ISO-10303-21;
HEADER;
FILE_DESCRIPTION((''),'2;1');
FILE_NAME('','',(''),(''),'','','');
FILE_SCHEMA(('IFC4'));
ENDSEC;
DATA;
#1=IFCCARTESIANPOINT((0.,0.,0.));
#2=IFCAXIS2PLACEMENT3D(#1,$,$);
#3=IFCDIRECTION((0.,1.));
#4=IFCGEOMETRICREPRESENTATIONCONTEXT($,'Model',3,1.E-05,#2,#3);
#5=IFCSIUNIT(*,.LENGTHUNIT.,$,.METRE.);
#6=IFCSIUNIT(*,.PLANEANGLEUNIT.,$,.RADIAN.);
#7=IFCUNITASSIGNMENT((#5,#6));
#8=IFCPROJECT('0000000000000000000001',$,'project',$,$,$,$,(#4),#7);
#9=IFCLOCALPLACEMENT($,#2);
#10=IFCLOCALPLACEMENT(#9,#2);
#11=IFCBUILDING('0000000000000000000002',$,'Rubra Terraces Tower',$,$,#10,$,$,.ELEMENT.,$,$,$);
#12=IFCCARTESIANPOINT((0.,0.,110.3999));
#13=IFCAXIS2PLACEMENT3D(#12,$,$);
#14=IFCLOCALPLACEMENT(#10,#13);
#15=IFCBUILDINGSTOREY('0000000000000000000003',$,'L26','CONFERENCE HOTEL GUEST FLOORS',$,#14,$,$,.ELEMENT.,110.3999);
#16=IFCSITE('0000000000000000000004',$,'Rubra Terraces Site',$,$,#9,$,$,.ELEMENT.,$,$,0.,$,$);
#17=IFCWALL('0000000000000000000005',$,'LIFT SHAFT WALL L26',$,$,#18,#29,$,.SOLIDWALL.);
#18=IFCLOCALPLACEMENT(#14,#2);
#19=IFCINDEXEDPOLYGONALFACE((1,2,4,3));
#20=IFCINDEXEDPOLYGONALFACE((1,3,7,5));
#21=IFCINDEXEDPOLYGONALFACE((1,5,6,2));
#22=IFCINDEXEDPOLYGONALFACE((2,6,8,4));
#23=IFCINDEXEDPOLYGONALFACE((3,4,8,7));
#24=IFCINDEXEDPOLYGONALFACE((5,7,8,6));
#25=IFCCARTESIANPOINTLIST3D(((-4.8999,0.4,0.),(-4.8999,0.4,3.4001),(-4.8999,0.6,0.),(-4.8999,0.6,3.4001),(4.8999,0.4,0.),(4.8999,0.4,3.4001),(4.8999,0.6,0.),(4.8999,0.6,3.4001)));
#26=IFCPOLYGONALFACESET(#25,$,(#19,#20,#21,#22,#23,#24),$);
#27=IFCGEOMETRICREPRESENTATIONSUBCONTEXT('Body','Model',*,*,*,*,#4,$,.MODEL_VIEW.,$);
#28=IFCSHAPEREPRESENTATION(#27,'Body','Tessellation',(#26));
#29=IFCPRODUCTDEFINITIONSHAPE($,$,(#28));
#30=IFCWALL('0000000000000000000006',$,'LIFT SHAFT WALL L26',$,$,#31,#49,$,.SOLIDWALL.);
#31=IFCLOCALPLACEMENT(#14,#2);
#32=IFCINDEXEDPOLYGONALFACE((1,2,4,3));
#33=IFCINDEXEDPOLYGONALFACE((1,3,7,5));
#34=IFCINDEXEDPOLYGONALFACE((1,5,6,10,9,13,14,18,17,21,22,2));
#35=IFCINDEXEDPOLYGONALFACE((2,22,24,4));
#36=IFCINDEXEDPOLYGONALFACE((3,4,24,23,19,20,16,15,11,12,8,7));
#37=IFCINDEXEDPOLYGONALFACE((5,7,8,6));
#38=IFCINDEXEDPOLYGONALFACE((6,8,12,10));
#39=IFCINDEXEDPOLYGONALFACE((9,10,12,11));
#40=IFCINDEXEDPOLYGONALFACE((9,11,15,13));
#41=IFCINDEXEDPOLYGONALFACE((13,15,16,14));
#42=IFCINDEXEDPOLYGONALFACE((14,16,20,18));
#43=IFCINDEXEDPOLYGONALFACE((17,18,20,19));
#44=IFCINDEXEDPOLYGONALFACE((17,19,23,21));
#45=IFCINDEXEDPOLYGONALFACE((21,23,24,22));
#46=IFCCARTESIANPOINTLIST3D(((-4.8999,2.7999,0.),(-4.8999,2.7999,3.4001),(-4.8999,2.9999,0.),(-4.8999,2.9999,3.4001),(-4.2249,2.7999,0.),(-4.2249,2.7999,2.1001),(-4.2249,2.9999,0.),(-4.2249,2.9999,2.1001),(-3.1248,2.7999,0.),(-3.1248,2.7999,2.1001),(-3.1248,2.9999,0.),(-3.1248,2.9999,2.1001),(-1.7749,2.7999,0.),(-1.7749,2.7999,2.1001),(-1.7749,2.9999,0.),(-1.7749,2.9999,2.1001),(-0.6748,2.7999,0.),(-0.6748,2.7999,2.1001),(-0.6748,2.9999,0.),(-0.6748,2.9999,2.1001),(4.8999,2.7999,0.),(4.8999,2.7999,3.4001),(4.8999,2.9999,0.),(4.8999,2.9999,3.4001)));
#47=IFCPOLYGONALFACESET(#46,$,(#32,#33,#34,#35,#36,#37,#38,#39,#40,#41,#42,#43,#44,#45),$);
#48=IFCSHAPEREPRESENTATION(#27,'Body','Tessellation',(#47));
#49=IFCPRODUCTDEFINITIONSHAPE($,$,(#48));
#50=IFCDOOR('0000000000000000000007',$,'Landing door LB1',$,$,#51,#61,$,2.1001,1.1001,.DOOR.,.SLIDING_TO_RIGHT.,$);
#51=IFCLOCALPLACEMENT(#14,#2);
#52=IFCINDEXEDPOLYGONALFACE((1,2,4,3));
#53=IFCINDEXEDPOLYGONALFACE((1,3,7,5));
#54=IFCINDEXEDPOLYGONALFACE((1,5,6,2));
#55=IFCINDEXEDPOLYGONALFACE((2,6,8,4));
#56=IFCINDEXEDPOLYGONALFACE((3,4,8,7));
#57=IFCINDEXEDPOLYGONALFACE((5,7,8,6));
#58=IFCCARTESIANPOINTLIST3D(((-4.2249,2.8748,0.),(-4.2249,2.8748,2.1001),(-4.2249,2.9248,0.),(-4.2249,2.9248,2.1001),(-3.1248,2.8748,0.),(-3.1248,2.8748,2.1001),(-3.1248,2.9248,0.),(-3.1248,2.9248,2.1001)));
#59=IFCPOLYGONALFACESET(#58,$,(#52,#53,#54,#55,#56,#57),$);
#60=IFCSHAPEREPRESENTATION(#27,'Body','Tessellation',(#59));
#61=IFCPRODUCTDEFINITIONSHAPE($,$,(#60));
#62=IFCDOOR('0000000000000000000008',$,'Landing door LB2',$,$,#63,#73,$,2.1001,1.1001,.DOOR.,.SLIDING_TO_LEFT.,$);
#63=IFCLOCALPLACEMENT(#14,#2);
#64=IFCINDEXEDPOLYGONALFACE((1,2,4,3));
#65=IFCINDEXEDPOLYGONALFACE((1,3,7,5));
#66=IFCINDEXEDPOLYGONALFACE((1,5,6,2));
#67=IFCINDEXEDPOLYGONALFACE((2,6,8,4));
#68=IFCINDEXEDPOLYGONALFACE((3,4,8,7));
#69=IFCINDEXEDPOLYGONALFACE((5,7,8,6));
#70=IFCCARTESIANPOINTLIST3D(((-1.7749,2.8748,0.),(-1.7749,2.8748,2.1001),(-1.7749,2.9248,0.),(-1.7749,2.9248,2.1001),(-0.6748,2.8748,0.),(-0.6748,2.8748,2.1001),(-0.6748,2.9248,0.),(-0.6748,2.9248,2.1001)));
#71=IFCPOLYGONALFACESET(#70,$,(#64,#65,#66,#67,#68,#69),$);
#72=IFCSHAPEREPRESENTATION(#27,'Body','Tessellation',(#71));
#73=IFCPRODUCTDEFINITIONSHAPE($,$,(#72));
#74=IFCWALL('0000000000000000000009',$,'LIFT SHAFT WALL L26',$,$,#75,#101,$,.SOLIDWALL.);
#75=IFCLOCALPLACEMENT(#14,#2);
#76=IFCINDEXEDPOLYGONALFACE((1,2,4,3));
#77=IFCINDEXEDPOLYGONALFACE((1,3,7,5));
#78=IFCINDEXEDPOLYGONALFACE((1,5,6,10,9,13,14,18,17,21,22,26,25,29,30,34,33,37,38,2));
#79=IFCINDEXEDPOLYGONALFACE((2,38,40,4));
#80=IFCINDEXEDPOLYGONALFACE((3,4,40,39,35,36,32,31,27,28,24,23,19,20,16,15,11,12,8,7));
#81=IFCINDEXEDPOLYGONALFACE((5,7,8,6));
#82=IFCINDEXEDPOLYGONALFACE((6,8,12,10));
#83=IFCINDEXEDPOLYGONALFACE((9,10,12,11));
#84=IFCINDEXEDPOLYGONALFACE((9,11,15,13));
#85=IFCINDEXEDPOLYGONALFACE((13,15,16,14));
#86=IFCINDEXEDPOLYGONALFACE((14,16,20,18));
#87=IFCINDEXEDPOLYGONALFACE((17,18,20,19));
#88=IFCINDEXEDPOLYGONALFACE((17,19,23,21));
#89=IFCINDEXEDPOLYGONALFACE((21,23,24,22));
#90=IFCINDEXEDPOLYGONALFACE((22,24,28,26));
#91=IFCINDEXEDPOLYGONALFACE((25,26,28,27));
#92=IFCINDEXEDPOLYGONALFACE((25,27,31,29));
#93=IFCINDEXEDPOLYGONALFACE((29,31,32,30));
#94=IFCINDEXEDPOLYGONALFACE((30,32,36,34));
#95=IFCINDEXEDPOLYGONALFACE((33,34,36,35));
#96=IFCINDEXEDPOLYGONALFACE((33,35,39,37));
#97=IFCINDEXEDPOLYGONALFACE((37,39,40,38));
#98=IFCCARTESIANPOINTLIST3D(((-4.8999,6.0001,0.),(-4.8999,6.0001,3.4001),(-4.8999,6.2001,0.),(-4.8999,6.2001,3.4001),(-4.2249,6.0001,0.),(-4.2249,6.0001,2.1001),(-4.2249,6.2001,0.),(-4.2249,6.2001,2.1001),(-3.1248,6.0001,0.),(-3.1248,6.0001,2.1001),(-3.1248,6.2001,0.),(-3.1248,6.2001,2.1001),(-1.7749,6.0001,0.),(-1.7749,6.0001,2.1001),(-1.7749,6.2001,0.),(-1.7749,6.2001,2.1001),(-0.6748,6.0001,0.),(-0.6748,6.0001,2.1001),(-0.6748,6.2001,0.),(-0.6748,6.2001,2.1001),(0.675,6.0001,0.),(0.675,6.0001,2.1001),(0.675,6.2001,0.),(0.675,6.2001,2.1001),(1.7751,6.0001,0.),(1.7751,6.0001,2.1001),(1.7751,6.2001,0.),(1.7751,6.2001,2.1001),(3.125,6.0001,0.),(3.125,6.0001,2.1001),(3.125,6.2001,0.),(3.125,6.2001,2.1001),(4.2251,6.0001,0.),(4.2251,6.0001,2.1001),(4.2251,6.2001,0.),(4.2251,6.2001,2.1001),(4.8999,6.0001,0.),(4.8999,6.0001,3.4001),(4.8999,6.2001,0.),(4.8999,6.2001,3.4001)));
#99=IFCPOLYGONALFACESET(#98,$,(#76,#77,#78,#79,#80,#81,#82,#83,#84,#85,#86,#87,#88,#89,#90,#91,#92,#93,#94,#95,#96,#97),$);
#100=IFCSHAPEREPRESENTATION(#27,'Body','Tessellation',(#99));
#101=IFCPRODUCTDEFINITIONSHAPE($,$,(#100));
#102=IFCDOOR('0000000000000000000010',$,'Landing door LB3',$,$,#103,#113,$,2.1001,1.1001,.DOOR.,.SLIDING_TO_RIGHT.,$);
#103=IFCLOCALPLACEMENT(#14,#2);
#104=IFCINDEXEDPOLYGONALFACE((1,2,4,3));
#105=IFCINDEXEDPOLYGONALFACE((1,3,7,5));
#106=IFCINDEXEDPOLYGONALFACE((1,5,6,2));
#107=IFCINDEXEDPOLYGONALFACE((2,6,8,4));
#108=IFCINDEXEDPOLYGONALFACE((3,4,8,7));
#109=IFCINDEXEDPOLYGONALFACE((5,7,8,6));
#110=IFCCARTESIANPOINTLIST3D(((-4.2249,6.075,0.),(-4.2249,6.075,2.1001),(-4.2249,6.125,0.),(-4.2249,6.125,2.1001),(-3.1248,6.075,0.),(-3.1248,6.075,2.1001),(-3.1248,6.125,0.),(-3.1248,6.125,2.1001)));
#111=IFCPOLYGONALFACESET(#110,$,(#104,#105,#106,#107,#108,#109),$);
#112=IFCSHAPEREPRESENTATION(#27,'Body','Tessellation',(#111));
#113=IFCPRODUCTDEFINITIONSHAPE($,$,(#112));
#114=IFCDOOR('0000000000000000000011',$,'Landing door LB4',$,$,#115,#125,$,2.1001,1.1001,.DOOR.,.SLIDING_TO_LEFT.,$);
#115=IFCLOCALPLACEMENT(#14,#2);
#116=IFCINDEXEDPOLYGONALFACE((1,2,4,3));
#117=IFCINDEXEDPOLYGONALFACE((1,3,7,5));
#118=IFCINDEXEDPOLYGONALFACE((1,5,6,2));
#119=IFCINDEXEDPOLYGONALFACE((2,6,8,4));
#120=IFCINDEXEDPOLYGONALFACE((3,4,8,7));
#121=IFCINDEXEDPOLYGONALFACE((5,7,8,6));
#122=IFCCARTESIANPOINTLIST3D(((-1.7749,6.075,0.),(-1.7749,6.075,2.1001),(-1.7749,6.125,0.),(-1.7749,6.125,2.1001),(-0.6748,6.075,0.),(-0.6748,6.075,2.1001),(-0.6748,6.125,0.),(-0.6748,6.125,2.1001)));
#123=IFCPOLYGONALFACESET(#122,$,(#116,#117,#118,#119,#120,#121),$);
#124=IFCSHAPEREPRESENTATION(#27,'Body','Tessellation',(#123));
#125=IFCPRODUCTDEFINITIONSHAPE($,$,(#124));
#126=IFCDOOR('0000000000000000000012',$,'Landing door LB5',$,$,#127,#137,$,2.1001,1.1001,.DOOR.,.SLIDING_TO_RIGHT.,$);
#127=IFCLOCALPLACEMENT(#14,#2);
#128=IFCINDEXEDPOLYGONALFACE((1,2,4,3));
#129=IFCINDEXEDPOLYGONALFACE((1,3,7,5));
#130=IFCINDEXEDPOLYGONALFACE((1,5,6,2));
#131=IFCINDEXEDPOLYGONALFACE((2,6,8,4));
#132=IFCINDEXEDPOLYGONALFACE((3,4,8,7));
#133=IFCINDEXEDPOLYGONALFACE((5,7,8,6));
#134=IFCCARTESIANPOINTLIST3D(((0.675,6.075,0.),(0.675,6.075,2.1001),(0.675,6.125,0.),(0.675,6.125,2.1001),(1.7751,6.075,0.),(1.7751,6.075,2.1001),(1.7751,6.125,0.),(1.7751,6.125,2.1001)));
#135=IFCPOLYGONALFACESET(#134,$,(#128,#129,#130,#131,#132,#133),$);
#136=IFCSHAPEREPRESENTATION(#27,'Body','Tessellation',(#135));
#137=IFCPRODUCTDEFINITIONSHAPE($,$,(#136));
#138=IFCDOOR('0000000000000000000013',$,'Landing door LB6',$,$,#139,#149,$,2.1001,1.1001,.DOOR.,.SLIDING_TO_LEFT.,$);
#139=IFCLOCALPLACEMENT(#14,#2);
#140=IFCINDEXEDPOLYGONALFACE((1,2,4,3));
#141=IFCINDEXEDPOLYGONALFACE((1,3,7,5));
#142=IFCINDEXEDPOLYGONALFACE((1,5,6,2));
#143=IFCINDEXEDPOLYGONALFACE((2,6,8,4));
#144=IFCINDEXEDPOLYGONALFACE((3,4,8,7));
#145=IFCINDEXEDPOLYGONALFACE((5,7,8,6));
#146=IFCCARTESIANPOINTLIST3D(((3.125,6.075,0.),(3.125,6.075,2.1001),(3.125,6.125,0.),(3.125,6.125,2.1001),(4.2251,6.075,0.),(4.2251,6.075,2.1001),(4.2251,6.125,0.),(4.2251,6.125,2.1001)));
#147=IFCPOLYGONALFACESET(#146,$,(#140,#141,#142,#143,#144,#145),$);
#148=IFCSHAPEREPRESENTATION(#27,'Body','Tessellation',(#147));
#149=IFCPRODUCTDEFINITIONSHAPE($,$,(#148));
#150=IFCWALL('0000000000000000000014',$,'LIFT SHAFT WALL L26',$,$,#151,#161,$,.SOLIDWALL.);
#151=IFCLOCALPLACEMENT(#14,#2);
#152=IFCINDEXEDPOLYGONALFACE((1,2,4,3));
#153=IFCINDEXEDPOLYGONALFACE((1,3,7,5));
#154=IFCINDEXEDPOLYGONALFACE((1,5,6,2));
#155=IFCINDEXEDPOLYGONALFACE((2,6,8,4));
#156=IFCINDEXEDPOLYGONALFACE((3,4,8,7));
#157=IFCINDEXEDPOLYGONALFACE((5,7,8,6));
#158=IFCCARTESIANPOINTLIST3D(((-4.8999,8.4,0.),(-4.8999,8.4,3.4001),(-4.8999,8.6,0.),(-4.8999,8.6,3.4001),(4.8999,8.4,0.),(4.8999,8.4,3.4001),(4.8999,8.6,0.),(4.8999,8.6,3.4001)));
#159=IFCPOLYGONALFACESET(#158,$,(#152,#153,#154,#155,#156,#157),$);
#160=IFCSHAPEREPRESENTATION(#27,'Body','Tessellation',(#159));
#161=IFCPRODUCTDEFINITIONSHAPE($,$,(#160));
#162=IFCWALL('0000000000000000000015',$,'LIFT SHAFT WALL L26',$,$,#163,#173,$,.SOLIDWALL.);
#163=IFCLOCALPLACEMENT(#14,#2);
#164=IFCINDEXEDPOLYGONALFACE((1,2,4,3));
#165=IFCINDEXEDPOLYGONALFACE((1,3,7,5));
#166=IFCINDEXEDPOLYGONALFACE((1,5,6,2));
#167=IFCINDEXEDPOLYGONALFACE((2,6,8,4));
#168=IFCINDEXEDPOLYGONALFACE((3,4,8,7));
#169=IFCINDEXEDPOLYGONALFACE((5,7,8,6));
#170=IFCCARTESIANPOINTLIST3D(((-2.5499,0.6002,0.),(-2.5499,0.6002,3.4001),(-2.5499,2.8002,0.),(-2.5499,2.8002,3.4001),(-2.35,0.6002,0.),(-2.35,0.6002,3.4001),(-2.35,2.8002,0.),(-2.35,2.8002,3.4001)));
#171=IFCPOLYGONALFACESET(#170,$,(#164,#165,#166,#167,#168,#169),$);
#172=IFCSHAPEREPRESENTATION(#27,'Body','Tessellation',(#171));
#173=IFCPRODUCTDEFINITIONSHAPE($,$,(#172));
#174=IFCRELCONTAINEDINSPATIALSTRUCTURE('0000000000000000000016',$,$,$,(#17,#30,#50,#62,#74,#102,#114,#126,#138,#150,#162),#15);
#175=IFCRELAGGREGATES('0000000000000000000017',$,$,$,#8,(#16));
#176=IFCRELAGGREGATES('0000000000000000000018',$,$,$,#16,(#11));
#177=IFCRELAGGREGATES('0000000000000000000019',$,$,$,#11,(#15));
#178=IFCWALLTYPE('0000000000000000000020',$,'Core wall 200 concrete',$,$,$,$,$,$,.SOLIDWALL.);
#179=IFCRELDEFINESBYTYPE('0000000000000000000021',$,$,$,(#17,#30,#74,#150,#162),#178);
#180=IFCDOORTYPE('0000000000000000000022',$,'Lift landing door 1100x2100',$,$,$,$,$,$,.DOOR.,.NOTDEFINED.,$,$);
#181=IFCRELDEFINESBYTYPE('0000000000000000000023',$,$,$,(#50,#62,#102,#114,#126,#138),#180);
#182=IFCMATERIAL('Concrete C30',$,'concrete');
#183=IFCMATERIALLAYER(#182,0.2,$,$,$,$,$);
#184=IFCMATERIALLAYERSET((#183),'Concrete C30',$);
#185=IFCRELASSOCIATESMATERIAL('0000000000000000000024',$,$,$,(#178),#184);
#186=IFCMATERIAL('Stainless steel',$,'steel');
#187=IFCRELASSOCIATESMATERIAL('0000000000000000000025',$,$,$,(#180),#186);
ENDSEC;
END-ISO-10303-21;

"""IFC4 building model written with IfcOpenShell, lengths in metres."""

from ifc_helpers import new_model, si_unit, direction, frame, frame_2d, origin, place, context, subcontext, project, spatial, rectangle, extrude, material, layer, layer_set, type_object, element, fill, save


model = new_model("IFC4")

# Units and contexts
model_context = context("Model", 3, precision=1e-05, world=origin(), true_north=direction((0.0, 1.0)))
body_context = subcontext(model_context, "Body", "Model", "MODEL_VIEW")
ifc_project = project(units=[si_unit("LENGTHUNIT", "METRE"), si_unit("PLANEANGLEUNIT", "RADIAN")], contexts=[model_context])

# Site, building, storey
site_placement = place(None, origin())
site = spatial("IfcSite", under=ifc_project, at=site_placement, Name="Rubra Terraces Site", CompositionType="ELEMENT", RefElevation=0.0)
building_placement = place(site_placement, origin())
building = spatial("IfcBuilding", under=site, at=building_placement, Name="Rubra Terraces Tower", CompositionType="ELEMENT")
storey_placement = place(building_placement, frame((0.0, 0.0, 110.3999)))
storey = spatial("IfcBuildingStorey", under=building, at=storey_placement, Name="L26", Description="CONFERENCE HOTEL GUEST FLOORS", CompositionType="ELEMENT", Elevation=110.3999)

# Wall
ifc_material_1 = material(Name="Concrete C30", Category="concrete")
ifc_layer_1 = layer(ifc_material_1, 0.2)
ifc_layer_set_1 = layer_set([ifc_layer_1], Name="Concrete C30")
wall_type_1 = type_object("IfcWallType", Name="Core wall 200 concrete", PredefinedType="SOLIDWALL", material=ifc_layer_set_1)
wall_1_placement = place(storey_placement, frame((-4.8999, 0.5, 0.0), z_axis=(0.0, 0.0, 1.0), x_axis=(1.0, 0.0, 0.0)))
element("IfcWall", 1, at=wall_1_placement, inside=storey, type_object=wall_type_1, Name="LIFT SHAFT WALL L26", PredefinedType="SOLIDWALL", context=body_context, shape_type="SweptSolid", body=[
    extrude(rectangle(XDim=9.7998, YDim=0.2, at=frame_2d((4.8999, 0.0))), origin(), (0.0, 0.0, 1.0), 3.4001),
])

# Walls, openings, doors
wall_2_placement = place(storey_placement, frame((-4.8999, 2.8999, 0.0), z_axis=(0.0, 0.0, 1.0), x_axis=(1.0, 0.0, 0.0)))
wall_2 = element("IfcWall", 2, at=wall_2_placement, inside=storey, type_object=wall_type_1, Name="LIFT SHAFT WALL L26", PredefinedType="SOLIDWALL", context=body_context, shape_type="SweptSolid", body=[
    extrude(rectangle(XDim=9.7998, YDim=0.2, at=frame_2d((4.8999, 0.0))), origin(), (0.0, 0.0, 1.0), 3.4001),
])
opening_1_placement = place(wall_2_placement, frame((0.675, 0.0, 0.0)))
opening_1 = element("IfcOpeningElement", 3, at=opening_1_placement, cuts=wall_2, PredefinedType="OPENING", context=body_context, shape_type="SweptSolid", body=[
    extrude(rectangle(XDim=1.1001, YDim=2.1001, at=frame_2d((0.55, 1.05))), frame((0.0, 0.1099, 0.0), z_axis=(0.0, -1.0, 0.0), x_axis=(1.0, 0.0, 0.0)), (0.0, 0.0, 1.0), 0.22),
])
opening_2_placement = place(wall_2_placement, frame((3.125, 0.0, 0.0)))
opening_2 = element("IfcOpeningElement", 4, at=opening_2_placement, cuts=wall_2, PredefinedType="OPENING", context=body_context, shape_type="SweptSolid", body=[
    extrude(rectangle(XDim=1.1001, YDim=2.1001, at=frame_2d((0.55, 1.05))), frame((0.0, 0.1099, 0.0), z_axis=(0.0, -1.0, 0.0), x_axis=(1.0, 0.0, 0.0)), (0.0, 0.0, 1.0), 0.22),
])
ifc_material_2 = material(Name="Stainless steel", Category="steel")
door_type = type_object("IfcDoorType", Name="Lift landing door 1100x2100", OperationType="NOTDEFINED", PredefinedType="DOOR", material=ifc_material_2)
door_1_placement = place(opening_1_placement, origin())
door_1 = element("IfcDoor", 5, at=door_1_placement, inside=storey, type_object=door_type, Name="Landing door LB1", OperationType="SLIDING_TO_RIGHT", OverallHeight=2.1001, OverallWidth=1.1001, PredefinedType="DOOR", context=body_context, shape_type="SweptSolid", body=[
    extrude(rectangle(XDim=1.1001, YDim=2.1001, at=frame_2d((0.55, 1.05))), frame((0.0, 0.0249, 0.0), z_axis=(0.0, -1.0, 0.0), x_axis=(1.0, 0.0, 0.0)), (0.0, 0.0, 1.0), 0.05),
])
fill(opening_1, door_1)
door_2_placement = place(opening_2_placement, origin())
door_2 = element("IfcDoor", 6, at=door_2_placement, inside=storey, type_object=door_type, Name="Landing door LB2", OperationType="SLIDING_TO_LEFT", OverallHeight=2.1001, OverallWidth=1.1001, PredefinedType="DOOR", context=body_context, shape_type="SweptSolid", body=[
    extrude(rectangle(XDim=1.1001, YDim=2.1001, at=frame_2d((0.55, 1.05))), frame((0.0, 0.0249, 0.0), z_axis=(0.0, -1.0, 0.0), x_axis=(1.0, 0.0, 0.0)), (0.0, 0.0, 1.0), 0.05),
])
fill(opening_2, door_2)
wall_3_placement = place(storey_placement, frame((-4.8999, 6.1001, 0.0), z_axis=(0.0, 0.0, 1.0), x_axis=(1.0, 0.0, 0.0)))
wall_3 = element("IfcWall", 7, at=wall_3_placement, inside=storey, type_object=wall_type_1, Name="LIFT SHAFT WALL L26", PredefinedType="SOLIDWALL", context=body_context, shape_type="SweptSolid", body=[
    extrude(rectangle(XDim=9.7998, YDim=0.2, at=frame_2d((4.8999, 0.0))), origin(), (0.0, 0.0, 1.0), 3.4001),
])
opening_3_placement = place(wall_3_placement, frame((0.675, 0.0, 0.0)))
opening_3 = element("IfcOpeningElement", 8, at=opening_3_placement, cuts=wall_3, PredefinedType="OPENING", context=body_context, shape_type="SweptSolid", body=[
    extrude(rectangle(XDim=1.1001, YDim=2.1001, at=frame_2d((0.55, 1.05))), frame((0.0, 0.1099, 0.0), z_axis=(0.0, -1.0, 0.0), x_axis=(1.0, 0.0, 0.0)), (0.0, 0.0, 1.0), 0.22),
])
opening_4_placement = place(wall_3_placement, frame((3.125, 0.0, 0.0)))
opening_4 = element("IfcOpeningElement", 9, at=opening_4_placement, cuts=wall_3, PredefinedType="OPENING", context=body_context, shape_type="SweptSolid", body=[
    extrude(rectangle(XDim=1.1001, YDim=2.1001, at=frame_2d((0.55, 1.05))), frame((0.0, 0.1099, 0.0), z_axis=(0.0, -1.0, 0.0), x_axis=(1.0, 0.0, 0.0)), (0.0, 0.0, 1.0), 0.22),
])
opening_5_placement = place(wall_3_placement, frame((5.575, 0.0, 0.0)))
opening_5 = element("IfcOpeningElement", 10, at=opening_5_placement, cuts=wall_3, PredefinedType="OPENING", context=body_context, shape_type="SweptSolid", body=[
    extrude(rectangle(XDim=1.1001, YDim=2.1001, at=frame_2d((0.55, 1.05))), frame((0.0, 0.1099, 0.0), z_axis=(0.0, -1.0, 0.0), x_axis=(1.0, 0.0, 0.0)), (0.0, 0.0, 1.0), 0.22),
])
opening_6_placement = place(wall_3_placement, frame((8.0249, 0.0, 0.0)))
opening_6 = element("IfcOpeningElement", 11, at=opening_6_placement, cuts=wall_3, PredefinedType="OPENING", context=body_context, shape_type="SweptSolid", body=[
    extrude(rectangle(XDim=1.1001, YDim=2.1001, at=frame_2d((0.55, 1.05))), frame((0.0, 0.1099, 0.0), z_axis=(0.0, -1.0, 0.0), x_axis=(1.0, 0.0, 0.0)), (0.0, 0.0, 1.0), 0.22),
])
door_3_placement = place(opening_3_placement, origin())
door_3 = element("IfcDoor", 12, at=door_3_placement, inside=storey, type_object=door_type, Name="Landing door LB3", OperationType="SLIDING_TO_RIGHT", OverallHeight=2.1001, OverallWidth=1.1001, PredefinedType="DOOR", context=body_context, shape_type="SweptSolid", body=[
    extrude(rectangle(XDim=1.1001, YDim=2.1001, at=frame_2d((0.55, 1.05))), frame((0.0, 0.0249, 0.0), z_axis=(0.0, -1.0, 0.0), x_axis=(1.0, 0.0, 0.0)), (0.0, 0.0, 1.0), 0.05),
])
fill(opening_3, door_3)
door_4_placement = place(opening_4_placement, origin())
door_4 = element("IfcDoor", 13, at=door_4_placement, inside=storey, type_object=door_type, Name="Landing door LB4", OperationType="SLIDING_TO_LEFT", OverallHeight=2.1001, OverallWidth=1.1001, PredefinedType="DOOR", context=body_context, shape_type="SweptSolid", body=[
    extrude(rectangle(XDim=1.1001, YDim=2.1001, at=frame_2d((0.55, 1.05))), frame((0.0, 0.0249, 0.0), z_axis=(0.0, -1.0, 0.0), x_axis=(1.0, 0.0, 0.0)), (0.0, 0.0, 1.0), 0.05),
])
fill(opening_4, door_4)
door_5_placement = place(opening_5_placement, origin())
door_5 = element("IfcDoor", 14, at=door_5_placement, inside=storey, type_object=door_type, Name="Landing door LB5", OperationType="SLIDING_TO_RIGHT", OverallHeight=2.1001, OverallWidth=1.1001, PredefinedType="DOOR", context=body_context, shape_type="SweptSolid", body=[
    extrude(rectangle(XDim=1.1001, YDim=2.1001, at=frame_2d((0.55, 1.05))), frame((0.0, 0.0249, 0.0), z_axis=(0.0, -1.0, 0.0), x_axis=(1.0, 0.0, 0.0)), (0.0, 0.0, 1.0), 0.05),
])
fill(opening_5, door_5)
door_6_placement = place(opening_6_placement, origin())
door_6 = element("IfcDoor", 15, at=door_6_placement, inside=storey, type_object=door_type, Name="Landing door LB6", OperationType="SLIDING_TO_LEFT", OverallHeight=2.1001, OverallWidth=1.1001, PredefinedType="DOOR", context=body_context, shape_type="SweptSolid", body=[
    extrude(rectangle(XDim=1.1001, YDim=2.1001, at=frame_2d((0.55, 1.05))), frame((0.0, 0.0249, 0.0), z_axis=(0.0, -1.0, 0.0), x_axis=(1.0, 0.0, 0.0)), (0.0, 0.0, 1.0), 0.05),
])
fill(opening_6, door_6)

# Walls
wall_4_placement = place(storey_placement, frame((-4.8999, 8.5, 0.0), z_axis=(0.0, 0.0, 1.0), x_axis=(1.0, 0.0, 0.0)))
element("IfcWall", 16, at=wall_4_placement, inside=storey, type_object=wall_type_1, Name="LIFT SHAFT WALL L26", PredefinedType="SOLIDWALL", context=body_context, shape_type="SweptSolid", body=[
    extrude(rectangle(XDim=9.7998, YDim=0.2, at=frame_2d((4.8999, 0.0))), origin(), (0.0, 0.0, 1.0), 3.4001),
])
for number, where, z_axis, x_axis, name in (
    (17, (-2.45, 0.6001, 0.0), (0.0, 0.0, 1.0), (0.0, 1.0, 0.0), "LIFT SHAFT WALL L26"),
):
    element("IfcWall", number, at=place(storey_placement, frame(where, z_axis=z_axis, x_axis=x_axis)), inside=storey, type_object=wall_type_1, Name=name, PredefinedType="SOLIDWALL", context=body_context, shape_type="SweptSolid", body=[
        extrude(rectangle(XDim=2.2, YDim=0.2, at=frame_2d((1.1001, 0.0))), origin(), (0.0, 0.0, 1.0), 3.4001),
    ])

save(model, "model.ifc")
